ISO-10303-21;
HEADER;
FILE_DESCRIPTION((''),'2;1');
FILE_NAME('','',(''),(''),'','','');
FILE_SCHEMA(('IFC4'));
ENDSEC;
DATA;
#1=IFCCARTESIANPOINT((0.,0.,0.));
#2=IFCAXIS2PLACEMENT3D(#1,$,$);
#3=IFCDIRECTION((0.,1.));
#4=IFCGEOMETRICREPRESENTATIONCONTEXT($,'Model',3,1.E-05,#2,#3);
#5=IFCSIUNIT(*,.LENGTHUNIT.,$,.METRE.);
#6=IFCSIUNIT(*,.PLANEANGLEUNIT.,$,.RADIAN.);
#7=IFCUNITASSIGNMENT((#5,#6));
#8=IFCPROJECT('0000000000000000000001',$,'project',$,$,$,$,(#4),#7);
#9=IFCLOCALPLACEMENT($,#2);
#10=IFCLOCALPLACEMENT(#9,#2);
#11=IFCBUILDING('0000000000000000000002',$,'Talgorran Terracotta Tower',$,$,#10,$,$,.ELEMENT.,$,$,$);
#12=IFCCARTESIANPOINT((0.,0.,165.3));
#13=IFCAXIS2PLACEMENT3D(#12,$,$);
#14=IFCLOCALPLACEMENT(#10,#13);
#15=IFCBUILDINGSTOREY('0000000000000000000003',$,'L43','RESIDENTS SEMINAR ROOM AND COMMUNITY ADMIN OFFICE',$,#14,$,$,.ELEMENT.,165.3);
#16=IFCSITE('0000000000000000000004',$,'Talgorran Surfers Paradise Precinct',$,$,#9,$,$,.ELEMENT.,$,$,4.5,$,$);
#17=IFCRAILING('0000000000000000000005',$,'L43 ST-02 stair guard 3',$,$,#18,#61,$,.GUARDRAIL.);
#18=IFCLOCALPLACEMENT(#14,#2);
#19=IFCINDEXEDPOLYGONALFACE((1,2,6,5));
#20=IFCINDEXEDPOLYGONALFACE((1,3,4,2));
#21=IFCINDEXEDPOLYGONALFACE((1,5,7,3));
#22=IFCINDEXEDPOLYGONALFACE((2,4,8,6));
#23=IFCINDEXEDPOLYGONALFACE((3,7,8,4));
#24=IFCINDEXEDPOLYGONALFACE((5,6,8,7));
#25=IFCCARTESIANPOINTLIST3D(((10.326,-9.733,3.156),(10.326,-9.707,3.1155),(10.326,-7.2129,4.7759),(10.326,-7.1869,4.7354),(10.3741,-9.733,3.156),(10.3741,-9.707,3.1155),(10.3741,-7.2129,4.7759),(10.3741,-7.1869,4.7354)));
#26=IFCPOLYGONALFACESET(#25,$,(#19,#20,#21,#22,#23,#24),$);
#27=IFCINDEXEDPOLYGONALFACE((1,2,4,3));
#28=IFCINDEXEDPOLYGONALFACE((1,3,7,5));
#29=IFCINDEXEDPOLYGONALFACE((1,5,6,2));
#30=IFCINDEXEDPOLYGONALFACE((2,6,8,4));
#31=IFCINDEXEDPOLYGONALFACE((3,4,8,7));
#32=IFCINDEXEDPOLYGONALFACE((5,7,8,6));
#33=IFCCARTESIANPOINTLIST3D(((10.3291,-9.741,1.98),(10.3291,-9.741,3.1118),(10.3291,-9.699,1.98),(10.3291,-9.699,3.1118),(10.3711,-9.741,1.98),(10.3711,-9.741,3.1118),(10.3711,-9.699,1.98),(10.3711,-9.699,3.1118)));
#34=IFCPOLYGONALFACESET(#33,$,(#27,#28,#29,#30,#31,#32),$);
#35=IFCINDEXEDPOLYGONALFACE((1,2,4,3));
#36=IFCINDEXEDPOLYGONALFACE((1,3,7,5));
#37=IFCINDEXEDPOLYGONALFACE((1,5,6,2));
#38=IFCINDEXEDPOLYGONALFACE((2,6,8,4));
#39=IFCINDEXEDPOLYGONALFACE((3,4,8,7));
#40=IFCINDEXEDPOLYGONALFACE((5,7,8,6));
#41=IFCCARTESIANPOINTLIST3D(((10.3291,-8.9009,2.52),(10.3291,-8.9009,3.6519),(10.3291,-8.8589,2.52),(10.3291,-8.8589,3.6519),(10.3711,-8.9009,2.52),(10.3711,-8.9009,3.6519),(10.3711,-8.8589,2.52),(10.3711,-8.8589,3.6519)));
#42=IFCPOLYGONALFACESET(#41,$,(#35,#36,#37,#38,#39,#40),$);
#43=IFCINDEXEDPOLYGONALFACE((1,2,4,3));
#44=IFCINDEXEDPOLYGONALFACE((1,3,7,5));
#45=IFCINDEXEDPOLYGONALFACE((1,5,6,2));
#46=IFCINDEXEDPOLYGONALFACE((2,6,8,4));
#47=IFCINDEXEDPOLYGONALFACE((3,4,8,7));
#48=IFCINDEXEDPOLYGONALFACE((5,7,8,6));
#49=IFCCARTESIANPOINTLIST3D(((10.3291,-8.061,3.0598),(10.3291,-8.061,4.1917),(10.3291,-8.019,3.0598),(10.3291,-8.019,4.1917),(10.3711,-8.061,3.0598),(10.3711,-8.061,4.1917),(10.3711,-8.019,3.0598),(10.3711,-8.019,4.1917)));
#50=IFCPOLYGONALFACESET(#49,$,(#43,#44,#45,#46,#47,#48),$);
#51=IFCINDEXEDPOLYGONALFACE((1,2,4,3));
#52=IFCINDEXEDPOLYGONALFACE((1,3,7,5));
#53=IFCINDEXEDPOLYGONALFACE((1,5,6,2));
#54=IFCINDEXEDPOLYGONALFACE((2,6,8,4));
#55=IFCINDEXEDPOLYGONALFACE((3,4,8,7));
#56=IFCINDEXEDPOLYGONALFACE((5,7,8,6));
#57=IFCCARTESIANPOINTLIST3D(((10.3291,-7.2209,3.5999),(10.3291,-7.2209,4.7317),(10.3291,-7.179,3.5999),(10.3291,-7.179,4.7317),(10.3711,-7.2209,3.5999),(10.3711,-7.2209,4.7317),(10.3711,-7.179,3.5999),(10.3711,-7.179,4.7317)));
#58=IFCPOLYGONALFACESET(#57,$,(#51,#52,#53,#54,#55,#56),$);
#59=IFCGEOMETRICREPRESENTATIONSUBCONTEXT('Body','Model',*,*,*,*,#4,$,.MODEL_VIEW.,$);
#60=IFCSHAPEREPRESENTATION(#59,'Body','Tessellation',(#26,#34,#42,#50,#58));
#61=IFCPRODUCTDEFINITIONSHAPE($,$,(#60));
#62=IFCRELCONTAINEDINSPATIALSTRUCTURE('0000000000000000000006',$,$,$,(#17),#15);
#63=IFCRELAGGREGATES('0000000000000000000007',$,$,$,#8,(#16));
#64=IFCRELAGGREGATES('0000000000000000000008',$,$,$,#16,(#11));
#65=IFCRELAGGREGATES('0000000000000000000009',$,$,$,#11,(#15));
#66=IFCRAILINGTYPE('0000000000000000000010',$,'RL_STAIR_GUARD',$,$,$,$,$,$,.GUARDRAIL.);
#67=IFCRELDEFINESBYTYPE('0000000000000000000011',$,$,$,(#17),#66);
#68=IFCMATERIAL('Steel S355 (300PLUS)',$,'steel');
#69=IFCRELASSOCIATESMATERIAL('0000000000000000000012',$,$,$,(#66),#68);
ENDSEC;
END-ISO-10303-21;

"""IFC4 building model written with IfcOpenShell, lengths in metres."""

from ifc_helpers import new_model, si_unit, direction, frame, origin, origin_2d, place, context, subcontext, project, spatial, rectangle, extrude, material, type_object, element, save


model = new_model("IFC4")

# Units and contexts
model_context = context("Model", 3, precision=1e-05, world=origin(), true_north=direction((0.0, 1.0)))
body_context = subcontext(model_context, "Body", "Model", "MODEL_VIEW")
ifc_project = project(units=[si_unit("LENGTHUNIT", "METRE"), si_unit("PLANEANGLEUNIT", "RADIAN")], contexts=[model_context])

# Site, building, storey
site_placement = place(None, origin())
site = spatial("IfcSite", under=ifc_project, at=site_placement, Name="Talgorran Surfers Paradise Precinct", CompositionType="ELEMENT", RefElevation=4.5)
building_placement = place(site_placement, origin())
building = spatial("IfcBuilding", under=site, at=building_placement, Name="Talgorran Terracotta Tower", CompositionType="ELEMENT")
storey_placement = place(building_placement, frame((0.0, 0.0, 165.3)))
storey = spatial("IfcBuildingStorey", under=building, at=storey_placement, Name="L43", Description="RESIDENTS SEMINAR ROOM AND COMMUNITY ADMIN OFFICE", CompositionType="ELEMENT", Elevation=165.3)

# Shared definitions
ifc_material_1 = material(Name="Steel S355 (300PLUS)", Category="steel")

# Railing
railing_type_1 = type_object("IfcRailingType", Name="RL_STAIR_GUARD", PredefinedType="GUARDRAIL", material=ifc_material_1)
railing_1_placement = place(storey_placement, frame((10.3501, -9.72, 1.98)))
element("IfcRailing", 1, at=railing_1_placement, inside=storey, type_object=railing_type_1, Name="L43 ST-02 stair guard 3", PredefinedType="GUARDRAIL", context=body_context, shape_type="SweptSolid", body=[
    extrude(rectangle(XDim=0.0481, YDim=0.0481, at=origin_2d()), frame((0.0, 0.0, 1.1558), z_axis=(0.0, 0.8412, 0.540725), x_axis=(-1.0, 0.0, 0.0)), (0.0, 0.0, 1.0), 2.9958),
    extrude(rectangle(XDim=0.042, YDim=0.042, at=origin_2d()), origin(), (0.0, 0.0, 1.0), 1.1318),
    extrude(rectangle(XDim=0.042, YDim=0.042, at=origin_2d()), frame((0.0, 0.8401, 0.54)), (0.0, 0.0, 1.0), 1.1318),
    extrude(rectangle(XDim=0.042, YDim=0.042, at=origin_2d()), frame((0.0, 1.6799, 1.0798)), (0.0, 0.0, 1.0), 1.1318),
    extrude(rectangle(XDim=0.042, YDim=0.042, at=origin_2d()), frame((0.0, 2.52, 1.6199)), (0.0, 0.0, 1.0), 1.1318),
])

save(model, "model.ifc")
